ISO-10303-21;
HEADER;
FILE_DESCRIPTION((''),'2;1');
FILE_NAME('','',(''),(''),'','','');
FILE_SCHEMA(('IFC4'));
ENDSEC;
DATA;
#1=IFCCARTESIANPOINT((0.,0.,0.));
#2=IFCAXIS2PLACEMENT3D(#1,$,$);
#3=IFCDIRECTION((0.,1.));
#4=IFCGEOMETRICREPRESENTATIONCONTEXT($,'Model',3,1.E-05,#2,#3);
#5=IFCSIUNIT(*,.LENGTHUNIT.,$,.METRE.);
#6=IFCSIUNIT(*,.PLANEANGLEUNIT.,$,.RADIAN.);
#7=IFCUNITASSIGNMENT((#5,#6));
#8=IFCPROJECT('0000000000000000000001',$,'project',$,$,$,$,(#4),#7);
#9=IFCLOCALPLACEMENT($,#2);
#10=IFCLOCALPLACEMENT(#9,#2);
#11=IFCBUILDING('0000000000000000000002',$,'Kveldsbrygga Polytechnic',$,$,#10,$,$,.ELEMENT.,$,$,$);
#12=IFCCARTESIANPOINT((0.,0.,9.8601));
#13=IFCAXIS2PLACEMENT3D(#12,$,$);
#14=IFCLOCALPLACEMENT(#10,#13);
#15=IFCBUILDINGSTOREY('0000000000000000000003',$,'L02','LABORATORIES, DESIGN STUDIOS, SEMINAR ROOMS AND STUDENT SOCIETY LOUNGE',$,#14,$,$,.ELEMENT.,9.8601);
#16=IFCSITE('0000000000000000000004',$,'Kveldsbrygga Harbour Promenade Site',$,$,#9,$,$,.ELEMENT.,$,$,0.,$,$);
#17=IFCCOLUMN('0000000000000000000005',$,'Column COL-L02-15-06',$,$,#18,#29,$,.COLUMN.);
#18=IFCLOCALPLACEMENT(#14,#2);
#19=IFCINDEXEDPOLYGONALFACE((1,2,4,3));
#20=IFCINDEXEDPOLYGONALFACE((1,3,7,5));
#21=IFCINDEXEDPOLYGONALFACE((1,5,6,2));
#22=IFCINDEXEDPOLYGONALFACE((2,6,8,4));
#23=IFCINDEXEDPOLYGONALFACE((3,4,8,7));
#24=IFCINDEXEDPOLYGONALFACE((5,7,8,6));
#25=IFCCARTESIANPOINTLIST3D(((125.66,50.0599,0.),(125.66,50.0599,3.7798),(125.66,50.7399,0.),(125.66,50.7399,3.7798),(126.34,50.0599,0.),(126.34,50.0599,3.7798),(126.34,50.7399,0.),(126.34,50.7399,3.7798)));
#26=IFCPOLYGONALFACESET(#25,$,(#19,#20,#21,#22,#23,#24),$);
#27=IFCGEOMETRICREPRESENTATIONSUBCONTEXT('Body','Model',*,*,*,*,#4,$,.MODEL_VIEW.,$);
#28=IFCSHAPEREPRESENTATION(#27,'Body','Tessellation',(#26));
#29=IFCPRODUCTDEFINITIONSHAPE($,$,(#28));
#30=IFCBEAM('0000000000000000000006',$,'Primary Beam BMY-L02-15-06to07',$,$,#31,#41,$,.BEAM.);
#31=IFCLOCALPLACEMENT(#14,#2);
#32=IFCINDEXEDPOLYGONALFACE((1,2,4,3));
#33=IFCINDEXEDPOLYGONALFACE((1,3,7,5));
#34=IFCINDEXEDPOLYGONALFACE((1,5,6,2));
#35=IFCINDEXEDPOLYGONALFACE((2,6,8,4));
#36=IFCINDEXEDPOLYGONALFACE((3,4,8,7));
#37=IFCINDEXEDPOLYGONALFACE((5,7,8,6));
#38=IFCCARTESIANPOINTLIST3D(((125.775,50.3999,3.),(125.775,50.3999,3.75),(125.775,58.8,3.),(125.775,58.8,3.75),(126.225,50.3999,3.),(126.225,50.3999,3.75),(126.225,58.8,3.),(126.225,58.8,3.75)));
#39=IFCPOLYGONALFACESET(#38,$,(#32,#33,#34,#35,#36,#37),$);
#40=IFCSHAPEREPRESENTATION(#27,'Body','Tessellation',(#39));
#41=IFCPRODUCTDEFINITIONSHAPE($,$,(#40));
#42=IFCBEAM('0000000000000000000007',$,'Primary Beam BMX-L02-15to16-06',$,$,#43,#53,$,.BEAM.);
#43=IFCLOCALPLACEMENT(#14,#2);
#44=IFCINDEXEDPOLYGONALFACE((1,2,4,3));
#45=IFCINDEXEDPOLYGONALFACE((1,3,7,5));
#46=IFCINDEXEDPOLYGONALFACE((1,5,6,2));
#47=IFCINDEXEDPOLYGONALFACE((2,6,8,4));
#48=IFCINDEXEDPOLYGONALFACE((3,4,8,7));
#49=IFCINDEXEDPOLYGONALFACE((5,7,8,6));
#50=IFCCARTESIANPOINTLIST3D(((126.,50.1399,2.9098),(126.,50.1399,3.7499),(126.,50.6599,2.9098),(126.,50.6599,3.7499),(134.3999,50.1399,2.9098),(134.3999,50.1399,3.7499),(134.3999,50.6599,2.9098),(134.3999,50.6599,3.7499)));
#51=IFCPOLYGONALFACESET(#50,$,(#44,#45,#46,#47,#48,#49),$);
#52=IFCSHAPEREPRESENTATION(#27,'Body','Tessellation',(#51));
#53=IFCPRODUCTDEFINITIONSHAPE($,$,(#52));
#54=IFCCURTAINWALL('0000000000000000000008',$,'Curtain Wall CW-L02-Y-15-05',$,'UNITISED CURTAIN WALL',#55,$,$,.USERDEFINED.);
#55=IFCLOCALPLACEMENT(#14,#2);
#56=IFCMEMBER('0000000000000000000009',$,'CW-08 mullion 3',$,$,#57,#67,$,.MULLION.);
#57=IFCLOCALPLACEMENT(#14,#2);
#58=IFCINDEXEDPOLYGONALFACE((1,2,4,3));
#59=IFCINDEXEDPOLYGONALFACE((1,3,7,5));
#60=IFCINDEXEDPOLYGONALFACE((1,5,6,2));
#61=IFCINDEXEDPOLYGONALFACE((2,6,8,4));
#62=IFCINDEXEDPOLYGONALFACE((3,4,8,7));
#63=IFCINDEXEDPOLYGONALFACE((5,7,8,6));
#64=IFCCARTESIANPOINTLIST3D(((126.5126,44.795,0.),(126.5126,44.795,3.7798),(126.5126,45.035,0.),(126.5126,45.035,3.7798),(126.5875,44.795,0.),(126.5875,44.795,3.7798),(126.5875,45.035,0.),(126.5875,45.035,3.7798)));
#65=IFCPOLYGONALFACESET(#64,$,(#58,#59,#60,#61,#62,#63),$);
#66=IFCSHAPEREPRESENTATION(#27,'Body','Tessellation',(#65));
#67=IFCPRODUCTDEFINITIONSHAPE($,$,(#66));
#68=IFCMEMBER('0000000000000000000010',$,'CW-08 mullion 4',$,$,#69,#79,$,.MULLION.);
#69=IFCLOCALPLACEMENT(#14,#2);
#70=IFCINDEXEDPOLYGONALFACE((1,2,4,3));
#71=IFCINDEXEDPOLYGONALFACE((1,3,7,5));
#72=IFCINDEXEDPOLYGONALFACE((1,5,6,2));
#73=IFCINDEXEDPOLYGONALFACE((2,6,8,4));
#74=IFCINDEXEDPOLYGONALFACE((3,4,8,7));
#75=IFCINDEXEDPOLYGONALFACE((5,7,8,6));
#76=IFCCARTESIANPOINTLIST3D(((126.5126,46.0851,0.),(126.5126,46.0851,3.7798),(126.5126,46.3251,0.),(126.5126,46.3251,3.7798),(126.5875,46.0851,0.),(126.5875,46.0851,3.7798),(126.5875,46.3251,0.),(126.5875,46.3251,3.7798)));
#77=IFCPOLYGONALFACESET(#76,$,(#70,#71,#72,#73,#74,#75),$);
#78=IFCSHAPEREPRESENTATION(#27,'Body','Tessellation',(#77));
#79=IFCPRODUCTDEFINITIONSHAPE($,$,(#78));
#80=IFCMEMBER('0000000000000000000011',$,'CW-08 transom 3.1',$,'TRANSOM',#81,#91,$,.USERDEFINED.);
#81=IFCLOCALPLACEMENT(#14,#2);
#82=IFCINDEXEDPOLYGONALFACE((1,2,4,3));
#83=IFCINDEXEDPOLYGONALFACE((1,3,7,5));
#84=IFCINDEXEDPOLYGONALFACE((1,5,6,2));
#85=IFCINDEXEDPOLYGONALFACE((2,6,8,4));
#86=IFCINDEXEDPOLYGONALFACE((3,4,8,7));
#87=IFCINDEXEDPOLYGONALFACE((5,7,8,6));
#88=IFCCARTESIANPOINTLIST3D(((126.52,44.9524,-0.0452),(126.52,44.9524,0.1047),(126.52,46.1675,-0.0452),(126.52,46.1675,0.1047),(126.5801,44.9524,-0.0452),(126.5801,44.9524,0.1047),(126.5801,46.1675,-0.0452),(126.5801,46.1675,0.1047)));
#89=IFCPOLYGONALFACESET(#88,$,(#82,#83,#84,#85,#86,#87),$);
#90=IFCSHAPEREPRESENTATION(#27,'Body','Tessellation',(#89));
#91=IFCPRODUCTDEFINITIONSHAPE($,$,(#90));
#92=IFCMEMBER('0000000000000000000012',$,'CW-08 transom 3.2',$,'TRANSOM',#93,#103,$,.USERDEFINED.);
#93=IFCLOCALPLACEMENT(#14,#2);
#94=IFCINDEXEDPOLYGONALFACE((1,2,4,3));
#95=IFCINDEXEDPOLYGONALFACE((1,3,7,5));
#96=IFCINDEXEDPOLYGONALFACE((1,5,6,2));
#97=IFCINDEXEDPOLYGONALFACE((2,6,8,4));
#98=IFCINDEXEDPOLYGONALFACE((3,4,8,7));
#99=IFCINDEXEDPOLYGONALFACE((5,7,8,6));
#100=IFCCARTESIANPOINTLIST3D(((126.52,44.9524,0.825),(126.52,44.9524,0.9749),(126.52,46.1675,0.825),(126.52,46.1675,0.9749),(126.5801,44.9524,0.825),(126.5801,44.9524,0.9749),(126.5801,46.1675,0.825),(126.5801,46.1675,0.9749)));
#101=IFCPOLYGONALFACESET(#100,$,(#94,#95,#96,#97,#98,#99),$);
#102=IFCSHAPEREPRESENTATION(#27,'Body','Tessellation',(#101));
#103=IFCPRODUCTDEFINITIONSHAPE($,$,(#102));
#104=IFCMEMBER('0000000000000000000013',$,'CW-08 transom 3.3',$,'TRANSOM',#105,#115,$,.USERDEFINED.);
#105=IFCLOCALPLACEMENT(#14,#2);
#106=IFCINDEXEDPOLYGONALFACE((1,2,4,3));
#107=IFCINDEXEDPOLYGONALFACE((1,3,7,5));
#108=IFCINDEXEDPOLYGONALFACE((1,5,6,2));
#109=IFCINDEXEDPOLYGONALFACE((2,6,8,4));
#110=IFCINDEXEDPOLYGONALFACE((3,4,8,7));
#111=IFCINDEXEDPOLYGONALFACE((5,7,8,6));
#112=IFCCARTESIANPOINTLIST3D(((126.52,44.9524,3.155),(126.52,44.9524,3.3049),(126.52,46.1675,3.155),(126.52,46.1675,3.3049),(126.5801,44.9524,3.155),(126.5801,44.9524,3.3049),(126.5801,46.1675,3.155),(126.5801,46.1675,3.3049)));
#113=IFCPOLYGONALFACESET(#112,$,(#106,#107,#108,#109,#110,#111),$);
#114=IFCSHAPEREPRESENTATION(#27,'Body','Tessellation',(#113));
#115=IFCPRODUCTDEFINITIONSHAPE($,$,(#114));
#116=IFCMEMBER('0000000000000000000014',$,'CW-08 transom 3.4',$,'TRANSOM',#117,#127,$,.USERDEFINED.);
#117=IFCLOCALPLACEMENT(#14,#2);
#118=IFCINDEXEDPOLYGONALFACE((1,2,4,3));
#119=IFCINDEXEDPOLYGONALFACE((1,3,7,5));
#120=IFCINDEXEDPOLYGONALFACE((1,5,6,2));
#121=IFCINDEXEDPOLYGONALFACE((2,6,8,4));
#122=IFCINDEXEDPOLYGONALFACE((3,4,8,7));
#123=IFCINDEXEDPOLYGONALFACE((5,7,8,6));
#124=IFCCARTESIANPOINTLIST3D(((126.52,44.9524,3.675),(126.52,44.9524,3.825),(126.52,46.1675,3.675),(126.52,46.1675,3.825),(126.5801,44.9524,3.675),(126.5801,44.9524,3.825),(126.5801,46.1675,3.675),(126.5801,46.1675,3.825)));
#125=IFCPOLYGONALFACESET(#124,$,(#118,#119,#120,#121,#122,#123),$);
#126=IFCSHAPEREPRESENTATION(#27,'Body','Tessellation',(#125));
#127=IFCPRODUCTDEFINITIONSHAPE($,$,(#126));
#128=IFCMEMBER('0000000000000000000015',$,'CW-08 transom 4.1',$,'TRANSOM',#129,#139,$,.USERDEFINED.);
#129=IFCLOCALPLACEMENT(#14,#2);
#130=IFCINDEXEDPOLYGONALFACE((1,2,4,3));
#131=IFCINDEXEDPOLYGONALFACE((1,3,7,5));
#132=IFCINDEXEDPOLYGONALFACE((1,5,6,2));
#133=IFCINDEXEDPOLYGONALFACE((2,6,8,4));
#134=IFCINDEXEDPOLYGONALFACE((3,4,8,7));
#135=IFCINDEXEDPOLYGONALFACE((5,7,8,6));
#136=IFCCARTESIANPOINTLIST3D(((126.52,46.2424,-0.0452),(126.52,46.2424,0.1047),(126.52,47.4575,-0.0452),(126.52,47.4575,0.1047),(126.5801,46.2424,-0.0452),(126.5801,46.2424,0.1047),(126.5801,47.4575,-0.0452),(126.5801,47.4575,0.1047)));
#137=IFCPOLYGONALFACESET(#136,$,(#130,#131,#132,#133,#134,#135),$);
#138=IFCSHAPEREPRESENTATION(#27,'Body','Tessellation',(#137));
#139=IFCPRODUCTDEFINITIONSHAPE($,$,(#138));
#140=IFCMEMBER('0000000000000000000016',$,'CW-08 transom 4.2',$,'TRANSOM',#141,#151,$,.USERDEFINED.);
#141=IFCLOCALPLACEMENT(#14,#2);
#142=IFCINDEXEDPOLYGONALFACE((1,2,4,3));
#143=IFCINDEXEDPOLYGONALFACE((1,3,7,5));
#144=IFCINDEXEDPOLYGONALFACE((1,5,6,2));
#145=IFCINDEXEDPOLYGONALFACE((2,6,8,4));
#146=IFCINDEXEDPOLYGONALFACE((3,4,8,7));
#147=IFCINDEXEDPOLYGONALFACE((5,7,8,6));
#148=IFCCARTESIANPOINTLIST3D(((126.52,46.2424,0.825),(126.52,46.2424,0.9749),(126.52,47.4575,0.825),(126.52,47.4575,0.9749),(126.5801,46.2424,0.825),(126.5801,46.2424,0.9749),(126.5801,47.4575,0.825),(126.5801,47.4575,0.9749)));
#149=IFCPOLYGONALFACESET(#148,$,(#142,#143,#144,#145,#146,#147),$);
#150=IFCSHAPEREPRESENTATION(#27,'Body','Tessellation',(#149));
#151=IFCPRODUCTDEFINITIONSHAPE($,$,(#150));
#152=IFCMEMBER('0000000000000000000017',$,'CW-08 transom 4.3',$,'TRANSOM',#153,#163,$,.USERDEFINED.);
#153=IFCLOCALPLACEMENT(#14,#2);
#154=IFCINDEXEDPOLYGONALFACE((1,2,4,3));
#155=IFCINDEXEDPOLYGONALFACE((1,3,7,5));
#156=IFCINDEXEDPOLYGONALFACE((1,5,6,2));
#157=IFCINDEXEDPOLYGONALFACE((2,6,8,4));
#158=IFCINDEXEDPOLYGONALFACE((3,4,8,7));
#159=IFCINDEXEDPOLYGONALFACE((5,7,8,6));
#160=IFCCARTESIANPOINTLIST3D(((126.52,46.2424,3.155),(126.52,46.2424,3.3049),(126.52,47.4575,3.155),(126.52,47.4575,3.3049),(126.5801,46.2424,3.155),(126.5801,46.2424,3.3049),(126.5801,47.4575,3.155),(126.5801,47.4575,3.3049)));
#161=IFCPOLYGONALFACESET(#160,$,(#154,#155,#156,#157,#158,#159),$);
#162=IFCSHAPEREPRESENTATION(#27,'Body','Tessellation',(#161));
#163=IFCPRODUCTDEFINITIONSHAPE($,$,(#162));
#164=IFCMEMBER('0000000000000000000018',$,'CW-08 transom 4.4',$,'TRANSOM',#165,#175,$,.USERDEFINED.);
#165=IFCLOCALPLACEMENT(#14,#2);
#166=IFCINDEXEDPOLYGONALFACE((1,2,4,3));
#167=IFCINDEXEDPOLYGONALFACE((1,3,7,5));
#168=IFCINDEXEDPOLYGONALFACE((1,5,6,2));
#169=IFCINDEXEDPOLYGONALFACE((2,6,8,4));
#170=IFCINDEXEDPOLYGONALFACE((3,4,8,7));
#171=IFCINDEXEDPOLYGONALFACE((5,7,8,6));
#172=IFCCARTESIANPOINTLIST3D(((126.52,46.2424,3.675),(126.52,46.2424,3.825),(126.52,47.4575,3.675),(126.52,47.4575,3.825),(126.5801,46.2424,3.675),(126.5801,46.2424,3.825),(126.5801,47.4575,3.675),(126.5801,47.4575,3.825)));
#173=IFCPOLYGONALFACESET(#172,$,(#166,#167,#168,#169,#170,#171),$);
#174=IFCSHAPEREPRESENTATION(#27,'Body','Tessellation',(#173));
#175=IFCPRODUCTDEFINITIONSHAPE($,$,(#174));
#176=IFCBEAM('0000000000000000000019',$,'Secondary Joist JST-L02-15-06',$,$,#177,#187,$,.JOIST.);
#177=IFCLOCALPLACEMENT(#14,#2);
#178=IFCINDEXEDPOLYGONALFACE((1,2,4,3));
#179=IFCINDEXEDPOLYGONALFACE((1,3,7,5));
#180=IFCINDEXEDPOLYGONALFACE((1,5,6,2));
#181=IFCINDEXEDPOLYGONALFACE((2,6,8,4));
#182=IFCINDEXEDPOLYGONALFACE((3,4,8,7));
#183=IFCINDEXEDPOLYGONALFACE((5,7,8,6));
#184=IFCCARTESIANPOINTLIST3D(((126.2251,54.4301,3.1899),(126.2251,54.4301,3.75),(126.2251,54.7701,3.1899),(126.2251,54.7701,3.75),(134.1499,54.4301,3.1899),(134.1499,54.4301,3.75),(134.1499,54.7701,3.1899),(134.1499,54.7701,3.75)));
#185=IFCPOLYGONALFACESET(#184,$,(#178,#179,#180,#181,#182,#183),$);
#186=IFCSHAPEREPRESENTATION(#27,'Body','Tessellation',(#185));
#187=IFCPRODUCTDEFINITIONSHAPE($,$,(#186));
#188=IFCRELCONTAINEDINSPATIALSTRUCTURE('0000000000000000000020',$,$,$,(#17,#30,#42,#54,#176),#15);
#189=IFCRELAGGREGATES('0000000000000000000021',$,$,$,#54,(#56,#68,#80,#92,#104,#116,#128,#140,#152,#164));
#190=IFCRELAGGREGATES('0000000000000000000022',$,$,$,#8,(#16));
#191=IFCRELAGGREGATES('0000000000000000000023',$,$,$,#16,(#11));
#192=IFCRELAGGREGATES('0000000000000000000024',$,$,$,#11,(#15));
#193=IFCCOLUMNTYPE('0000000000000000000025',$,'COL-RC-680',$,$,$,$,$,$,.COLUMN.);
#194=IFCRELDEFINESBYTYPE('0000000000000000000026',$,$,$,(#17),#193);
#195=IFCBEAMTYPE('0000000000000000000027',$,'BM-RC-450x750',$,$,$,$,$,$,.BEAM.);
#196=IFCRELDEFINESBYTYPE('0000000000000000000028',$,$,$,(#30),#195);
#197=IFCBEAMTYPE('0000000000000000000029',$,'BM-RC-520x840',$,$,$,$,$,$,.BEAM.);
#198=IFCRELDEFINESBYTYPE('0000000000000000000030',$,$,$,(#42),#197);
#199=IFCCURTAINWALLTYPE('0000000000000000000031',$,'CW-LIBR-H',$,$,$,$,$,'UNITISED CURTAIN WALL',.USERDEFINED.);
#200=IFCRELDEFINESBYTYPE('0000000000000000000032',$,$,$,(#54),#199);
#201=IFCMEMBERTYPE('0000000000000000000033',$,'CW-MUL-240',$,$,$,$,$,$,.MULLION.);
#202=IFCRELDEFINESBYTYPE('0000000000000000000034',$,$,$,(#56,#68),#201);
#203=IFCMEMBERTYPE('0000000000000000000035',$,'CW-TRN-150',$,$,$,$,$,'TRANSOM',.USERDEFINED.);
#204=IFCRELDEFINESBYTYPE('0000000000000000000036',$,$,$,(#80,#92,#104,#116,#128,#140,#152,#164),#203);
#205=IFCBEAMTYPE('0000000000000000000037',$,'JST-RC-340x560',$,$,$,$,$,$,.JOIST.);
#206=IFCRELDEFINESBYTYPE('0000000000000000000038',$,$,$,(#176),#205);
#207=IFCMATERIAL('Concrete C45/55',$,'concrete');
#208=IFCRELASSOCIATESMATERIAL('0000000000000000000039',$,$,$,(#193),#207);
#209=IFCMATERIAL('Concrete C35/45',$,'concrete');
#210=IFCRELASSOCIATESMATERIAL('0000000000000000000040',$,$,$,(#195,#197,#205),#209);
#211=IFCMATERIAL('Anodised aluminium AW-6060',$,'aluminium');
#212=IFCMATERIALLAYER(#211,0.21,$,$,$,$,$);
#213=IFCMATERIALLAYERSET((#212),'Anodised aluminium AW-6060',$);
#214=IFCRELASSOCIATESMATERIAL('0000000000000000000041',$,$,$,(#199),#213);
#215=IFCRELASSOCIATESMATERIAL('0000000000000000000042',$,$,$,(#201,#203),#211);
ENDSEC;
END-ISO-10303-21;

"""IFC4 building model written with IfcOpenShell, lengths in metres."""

from ifc_helpers import new_model, si_unit, direction, frame, origin, origin_2d, place, context, subcontext, project, spatial, rectangle, extrude, material, layer, layer_set, material_profile, profile_set, type_object, element, aggregate, save


model = new_model("IFC4")

# Units and contexts
model_context = context("Model", 3, precision=1e-05, world=origin(), true_north=direction((0.0, 1.0)))
body_context = subcontext(model_context, "Body", "Model", "MODEL_VIEW")
ifc_project = project(units=[si_unit("LENGTHUNIT", "METRE"), si_unit("PLANEANGLEUNIT", "RADIAN")], contexts=[model_context])

# Site, building, storey
site_placement = place(None, origin())
site = spatial("IfcSite", under=ifc_project, at=site_placement, Name="Kveldsbrygga Harbour Promenade Site", CompositionType="ELEMENT", RefElevation=0.0)
building_placement = place(site_placement, origin())
building = spatial("IfcBuilding", under=site, at=building_placement, Name="Kveldsbrygga Polytechnic", CompositionType="ELEMENT")
storey_placement = place(building_placement, frame((0.0, 0.0, 9.8601)))
storey = spatial("IfcBuildingStorey", under=building, at=storey_placement, Name="L02", Description="LABORATORIES, DESIGN STUDIOS, SEMINAR ROOMS AND STUDENT SOCIETY LOUNGE", CompositionType="ELEMENT", Elevation=9.8601)

# Column
ifc_material_1 = material(Name="Concrete C45/55", Category="concrete")
ifc_material_profile_1 = material_profile(ifc_material_1, rectangle(XDim=0.6799, YDim=0.6799, at=origin_2d()), Name="RC 680x680")
ifc_profile_set_1 = profile_set([ifc_material_profile_1], Name="Concrete C45/55")
column_type = type_object("IfcColumnType", Name="COL-RC-680", PredefinedType="COLUMN", material=ifc_profile_set_1)
column_placement = place(storey_placement, frame((126.0, 50.3999, 0.0), z_axis=(0.0, 0.0, 1.0), x_axis=(1.0, 0.0, 0.0)))
element("IfcColumn", 1, at=column_placement, inside=storey, type_object=column_type, Name="Column COL-L02-15-06", PredefinedType="COLUMN", context=body_context, shape_type="SweptSolid", body=[
    extrude(rectangle(XDim=0.6799, YDim=0.6799, at=origin_2d()), origin(), (0.0, 0.0, 1.0), 3.7798),
])

# Beams
ifc_material_2 = material(Name="Concrete C35/45", Category="concrete")
ifc_material_profile_2 = material_profile(ifc_material_2, rectangle(XDim=0.45, YDim=0.75, at=origin_2d()), Name="RC 450x750")
ifc_profile_set_2 = profile_set([ifc_material_profile_2], Name="Concrete C35/45")
beam_type_1 = type_object("IfcBeamType", Name="BM-RC-450x750", PredefinedType="BEAM", material=ifc_profile_set_2)
beam_1_placement = place(storey_placement, frame((126.0, 50.3999, 3.375), z_axis=(0.0, 1.0, 0.0), x_axis=(-1.0, 0.0, 0.0)))
element("IfcBeam", 2, at=beam_1_placement, inside=storey, type_object=beam_type_1, Name="Primary Beam BMY-L02-15-06to07", PredefinedType="BEAM", context=body_context, shape_type="SweptSolid", body=[
    extrude(rectangle(XDim=0.45, YDim=0.75, at=origin_2d()), origin(), (0.0, 0.0, 1.0), 8.4001),
])
ifc_material_profile_3 = material_profile(ifc_material_2, rectangle(XDim=0.52, YDim=0.8401, at=origin_2d()), Name="RC 520x840")
ifc_profile_set_3 = profile_set([ifc_material_profile_3], Name="Concrete C35/45")
beam_type_2 = type_object("IfcBeamType", Name="BM-RC-520x840", PredefinedType="BEAM", material=ifc_profile_set_3)
beam_2_placement = place(storey_placement, frame((126.0, 50.3999, 3.3298), z_axis=(1.0, 0.0, 0.0), x_axis=(0.0, 1.0, 0.0)))
element("IfcBeam", 3, at=beam_2_placement, inside=storey, type_object=beam_type_2, Name="Primary Beam BMX-L02-15to16-06", PredefinedType="BEAM", context=body_context, shape_type="SweptSolid", body=[
    extrude(rectangle(XDim=0.52, YDim=0.8401, at=origin_2d()), origin(), (0.0, 0.0, 1.0), 8.3999),
])

# Curtain wall, members
ifc_material_3 = material(Name="Anodised aluminium AW-6060", Category="aluminium")
ifc_layer_1 = layer(ifc_material_3, 0.21)
ifc_layer_set_1 = layer_set([ifc_layer_1], Name="Anodised aluminium AW-6060")
curtain_wall_type = type_object("IfcCurtainWallType", Name="CW-LIBR-H", ElementType="UNITISED CURTAIN WALL", PredefinedType="USERDEFINED", material=ifc_layer_set_1)
curtain_wall_placement = place(storey_placement, origin())
curtain_wall = element("IfcCurtainWall", 4, at=curtain_wall_placement, inside=storey, type_object=curtain_wall_type, Name="Curtain Wall CW-L02-Y-15-05", ObjectType="UNITISED CURTAIN WALL", PredefinedType="USERDEFINED")
ifc_material_profile_4 = material_profile(ifc_material_3, rectangle(XDim=0.075, YDim=0.24, at=origin_2d()), Name="ALU 75x240")
ifc_profile_set_4 = profile_set([ifc_material_profile_4], Name="Anodised aluminium AW-6060")
member_type_1 = type_object("IfcMemberType", Name="CW-MUL-240", PredefinedType="MULLION", material=ifc_profile_set_4)
member_1_placement = place(storey_placement, frame((126.55, 44.915, 0.0), z_axis=(0.0, 0.0, 1.0), x_axis=(-1.0, 0.0, 0.0)))
member_1 = element("IfcMember", 5, at=member_1_placement, type_object=member_type_1, Name="CW-08 mullion 3", PredefinedType="MULLION", context=body_context, shape_type="SweptSolid", body=[
    extrude(rectangle(XDim=0.075, YDim=0.24, at=origin_2d()), origin(), (0.0, 0.0, 1.0), 3.7798),
])
member_2_placement = place(storey_placement, frame((126.55, 46.2051, 0.0), z_axis=(0.0, 0.0, 1.0), x_axis=(-1.0, 0.0, 0.0)))
member_2 = element("IfcMember", 6, at=member_2_placement, type_object=member_type_1, Name="CW-08 mullion 4", PredefinedType="MULLION", context=body_context, shape_type="SweptSolid", body=[
    extrude(rectangle(XDim=0.075, YDim=0.24, at=origin_2d()), origin(), (0.0, 0.0, 1.0), 3.7798),
])
ifc_material_profile_5 = material_profile(ifc_material_3, rectangle(XDim=0.0601, YDim=0.1499, at=origin_2d()), Name="ALU 60x150")
ifc_profile_set_5 = profile_set([ifc_material_profile_5], Name="Anodised aluminium AW-6060")
member_type_2 = type_object("IfcMemberType", Name="CW-TRN-150", ElementType="TRANSOM", PredefinedType="USERDEFINED", material=ifc_profile_set_5)
member_3_placement = place(storey_placement, frame((126.55, 44.9524, 0.0298), z_axis=(0.0, 1.0, 0.0), x_axis=(-1.0, 0.0, 0.0)))
member_3 = element("IfcMember", 7, at=member_3_placement, type_object=member_type_2, Name="CW-08 transom 3.1", ObjectType="TRANSOM", PredefinedType="USERDEFINED", context=body_context, shape_type="SweptSolid", body=[
    extrude(rectangle(XDim=0.0601, YDim=0.1499, at=origin_2d()), origin(), (0.0, 0.0, 1.0), 1.2151),
])
member_4_placement = place(storey_placement, frame((126.55, 44.9524, 0.8999), z_axis=(0.0, 1.0, 0.0), x_axis=(-1.0, 0.0, 0.0)))
member_4 = element("IfcMember", 8, at=member_4_placement, type_object=member_type_2, Name="CW-08 transom 3.2", ObjectType="TRANSOM", PredefinedType="USERDEFINED", context=body_context, shape_type="SweptSolid", body=[
    extrude(rectangle(XDim=0.0601, YDim=0.1499, at=origin_2d()), origin(), (0.0, 0.0, 1.0), 1.2151),
])
member_5_placement = place(storey_placement, frame((126.55, 44.9524, 3.23), z_axis=(0.0, 1.0, 0.0), x_axis=(-1.0, 0.0, 0.0)))
member_5 = element("IfcMember", 9, at=member_5_placement, type_object=member_type_2, Name="CW-08 transom 3.3", ObjectType="TRANSOM", PredefinedType="USERDEFINED", context=body_context, shape_type="SweptSolid", body=[
    extrude(rectangle(XDim=0.0601, YDim=0.1499, at=origin_2d()), origin(), (0.0, 0.0, 1.0), 1.2151),
])
member_6_placement = place(storey_placement, frame((126.55, 44.9524, 3.75), z_axis=(0.0, 1.0, 0.0), x_axis=(-1.0, 0.0, 0.0)))
member_6 = element("IfcMember", 10, at=member_6_placement, type_object=member_type_2, Name="CW-08 transom 3.4", ObjectType="TRANSOM", PredefinedType="USERDEFINED", context=body_context, shape_type="SweptSolid", body=[
    extrude(rectangle(XDim=0.0601, YDim=0.1499, at=origin_2d()), origin(), (0.0, 0.0, 1.0), 1.2151),
])
member_7_placement = place(storey_placement, frame((126.55, 46.2424, 0.0298), z_axis=(0.0, 1.0, 0.0), x_axis=(-1.0, 0.0, 0.0)))
member_7 = element("IfcMember", 11, at=member_7_placement, type_object=member_type_2, Name="CW-08 transom 4.1", ObjectType="TRANSOM", PredefinedType="USERDEFINED", context=body_context, shape_type="SweptSolid", body=[
    extrude(rectangle(XDim=0.0601, YDim=0.1499, at=origin_2d()), origin(), (0.0, 0.0, 1.0), 1.2151),
])
member_8_placement = place(storey_placement, frame((126.55, 46.2424, 0.8999), z_axis=(0.0, 1.0, 0.0), x_axis=(-1.0, 0.0, 0.0)))
member_8 = element("IfcMember", 12, at=member_8_placement, type_object=member_type_2, Name="CW-08 transom 4.2", ObjectType="TRANSOM", PredefinedType="USERDEFINED", context=body_context, shape_type="SweptSolid", body=[
    extrude(rectangle(XDim=0.0601, YDim=0.1499, at=origin_2d()), origin(), (0.0, 0.0, 1.0), 1.2151),
])
member_9_placement = place(storey_placement, frame((126.55, 46.2424, 3.23), z_axis=(0.0, 1.0, 0.0), x_axis=(-1.0, 0.0, 0.0)))
member_9 = element("IfcMember", 13, at=member_9_placement, type_object=member_type_2, Name="CW-08 transom 4.3", ObjectType="TRANSOM", PredefinedType="USERDEFINED", context=body_context, shape_type="SweptSolid", body=[
    extrude(rectangle(XDim=0.0601, YDim=0.1499, at=origin_2d()), origin(), (0.0, 0.0, 1.0), 1.2151),
])
member_10_placement = place(storey_placement, frame((126.55, 46.2424, 3.75), z_axis=(0.0, 1.0, 0.0), x_axis=(-1.0, 0.0, 0.0)))
member_10 = element("IfcMember", 14, at=member_10_placement, type_object=member_type_2, Name="CW-08 transom 4.4", ObjectType="TRANSOM", PredefinedType="USERDEFINED", context=body_context, shape_type="SweptSolid", body=[
    extrude(rectangle(XDim=0.0601, YDim=0.1499, at=origin_2d()), origin(), (0.0, 0.0, 1.0), 1.2151),
])

# Beam
ifc_material_profile_6 = material_profile(ifc_material_2, rectangle(XDim=0.3401, YDim=0.5601, at=origin_2d()), Name="RC 340x560")
ifc_profile_set_6 = profile_set([ifc_material_profile_6], Name="Concrete C35/45")
beam_type_3 = type_object("IfcBeamType", Name="JST-RC-340x560", PredefinedType="JOIST", material=ifc_profile_set_6)
beam_3_placement = place(storey_placement, frame((126.2251, 54.6001, 3.47), z_axis=(1.0, 0.0, 0.0), x_axis=(0.0, 1.0, 0.0)))
element("IfcBeam", 15, at=beam_3_placement, inside=storey, type_object=beam_type_3, Name="Secondary Joist JST-L02-15-06", PredefinedType="JOIST", context=body_context, shape_type="SweptSolid", body=[
    extrude(rectangle(XDim=0.3401, YDim=0.5601, at=origin_2d()), origin(), (0.0, 0.0, 1.0), 7.9248),
])

aggregate(curtain_wall, [member_1, member_2, member_3, member_4, member_5, member_6, member_7, member_8, member_9, member_10])

save(model, "model.ifc")
